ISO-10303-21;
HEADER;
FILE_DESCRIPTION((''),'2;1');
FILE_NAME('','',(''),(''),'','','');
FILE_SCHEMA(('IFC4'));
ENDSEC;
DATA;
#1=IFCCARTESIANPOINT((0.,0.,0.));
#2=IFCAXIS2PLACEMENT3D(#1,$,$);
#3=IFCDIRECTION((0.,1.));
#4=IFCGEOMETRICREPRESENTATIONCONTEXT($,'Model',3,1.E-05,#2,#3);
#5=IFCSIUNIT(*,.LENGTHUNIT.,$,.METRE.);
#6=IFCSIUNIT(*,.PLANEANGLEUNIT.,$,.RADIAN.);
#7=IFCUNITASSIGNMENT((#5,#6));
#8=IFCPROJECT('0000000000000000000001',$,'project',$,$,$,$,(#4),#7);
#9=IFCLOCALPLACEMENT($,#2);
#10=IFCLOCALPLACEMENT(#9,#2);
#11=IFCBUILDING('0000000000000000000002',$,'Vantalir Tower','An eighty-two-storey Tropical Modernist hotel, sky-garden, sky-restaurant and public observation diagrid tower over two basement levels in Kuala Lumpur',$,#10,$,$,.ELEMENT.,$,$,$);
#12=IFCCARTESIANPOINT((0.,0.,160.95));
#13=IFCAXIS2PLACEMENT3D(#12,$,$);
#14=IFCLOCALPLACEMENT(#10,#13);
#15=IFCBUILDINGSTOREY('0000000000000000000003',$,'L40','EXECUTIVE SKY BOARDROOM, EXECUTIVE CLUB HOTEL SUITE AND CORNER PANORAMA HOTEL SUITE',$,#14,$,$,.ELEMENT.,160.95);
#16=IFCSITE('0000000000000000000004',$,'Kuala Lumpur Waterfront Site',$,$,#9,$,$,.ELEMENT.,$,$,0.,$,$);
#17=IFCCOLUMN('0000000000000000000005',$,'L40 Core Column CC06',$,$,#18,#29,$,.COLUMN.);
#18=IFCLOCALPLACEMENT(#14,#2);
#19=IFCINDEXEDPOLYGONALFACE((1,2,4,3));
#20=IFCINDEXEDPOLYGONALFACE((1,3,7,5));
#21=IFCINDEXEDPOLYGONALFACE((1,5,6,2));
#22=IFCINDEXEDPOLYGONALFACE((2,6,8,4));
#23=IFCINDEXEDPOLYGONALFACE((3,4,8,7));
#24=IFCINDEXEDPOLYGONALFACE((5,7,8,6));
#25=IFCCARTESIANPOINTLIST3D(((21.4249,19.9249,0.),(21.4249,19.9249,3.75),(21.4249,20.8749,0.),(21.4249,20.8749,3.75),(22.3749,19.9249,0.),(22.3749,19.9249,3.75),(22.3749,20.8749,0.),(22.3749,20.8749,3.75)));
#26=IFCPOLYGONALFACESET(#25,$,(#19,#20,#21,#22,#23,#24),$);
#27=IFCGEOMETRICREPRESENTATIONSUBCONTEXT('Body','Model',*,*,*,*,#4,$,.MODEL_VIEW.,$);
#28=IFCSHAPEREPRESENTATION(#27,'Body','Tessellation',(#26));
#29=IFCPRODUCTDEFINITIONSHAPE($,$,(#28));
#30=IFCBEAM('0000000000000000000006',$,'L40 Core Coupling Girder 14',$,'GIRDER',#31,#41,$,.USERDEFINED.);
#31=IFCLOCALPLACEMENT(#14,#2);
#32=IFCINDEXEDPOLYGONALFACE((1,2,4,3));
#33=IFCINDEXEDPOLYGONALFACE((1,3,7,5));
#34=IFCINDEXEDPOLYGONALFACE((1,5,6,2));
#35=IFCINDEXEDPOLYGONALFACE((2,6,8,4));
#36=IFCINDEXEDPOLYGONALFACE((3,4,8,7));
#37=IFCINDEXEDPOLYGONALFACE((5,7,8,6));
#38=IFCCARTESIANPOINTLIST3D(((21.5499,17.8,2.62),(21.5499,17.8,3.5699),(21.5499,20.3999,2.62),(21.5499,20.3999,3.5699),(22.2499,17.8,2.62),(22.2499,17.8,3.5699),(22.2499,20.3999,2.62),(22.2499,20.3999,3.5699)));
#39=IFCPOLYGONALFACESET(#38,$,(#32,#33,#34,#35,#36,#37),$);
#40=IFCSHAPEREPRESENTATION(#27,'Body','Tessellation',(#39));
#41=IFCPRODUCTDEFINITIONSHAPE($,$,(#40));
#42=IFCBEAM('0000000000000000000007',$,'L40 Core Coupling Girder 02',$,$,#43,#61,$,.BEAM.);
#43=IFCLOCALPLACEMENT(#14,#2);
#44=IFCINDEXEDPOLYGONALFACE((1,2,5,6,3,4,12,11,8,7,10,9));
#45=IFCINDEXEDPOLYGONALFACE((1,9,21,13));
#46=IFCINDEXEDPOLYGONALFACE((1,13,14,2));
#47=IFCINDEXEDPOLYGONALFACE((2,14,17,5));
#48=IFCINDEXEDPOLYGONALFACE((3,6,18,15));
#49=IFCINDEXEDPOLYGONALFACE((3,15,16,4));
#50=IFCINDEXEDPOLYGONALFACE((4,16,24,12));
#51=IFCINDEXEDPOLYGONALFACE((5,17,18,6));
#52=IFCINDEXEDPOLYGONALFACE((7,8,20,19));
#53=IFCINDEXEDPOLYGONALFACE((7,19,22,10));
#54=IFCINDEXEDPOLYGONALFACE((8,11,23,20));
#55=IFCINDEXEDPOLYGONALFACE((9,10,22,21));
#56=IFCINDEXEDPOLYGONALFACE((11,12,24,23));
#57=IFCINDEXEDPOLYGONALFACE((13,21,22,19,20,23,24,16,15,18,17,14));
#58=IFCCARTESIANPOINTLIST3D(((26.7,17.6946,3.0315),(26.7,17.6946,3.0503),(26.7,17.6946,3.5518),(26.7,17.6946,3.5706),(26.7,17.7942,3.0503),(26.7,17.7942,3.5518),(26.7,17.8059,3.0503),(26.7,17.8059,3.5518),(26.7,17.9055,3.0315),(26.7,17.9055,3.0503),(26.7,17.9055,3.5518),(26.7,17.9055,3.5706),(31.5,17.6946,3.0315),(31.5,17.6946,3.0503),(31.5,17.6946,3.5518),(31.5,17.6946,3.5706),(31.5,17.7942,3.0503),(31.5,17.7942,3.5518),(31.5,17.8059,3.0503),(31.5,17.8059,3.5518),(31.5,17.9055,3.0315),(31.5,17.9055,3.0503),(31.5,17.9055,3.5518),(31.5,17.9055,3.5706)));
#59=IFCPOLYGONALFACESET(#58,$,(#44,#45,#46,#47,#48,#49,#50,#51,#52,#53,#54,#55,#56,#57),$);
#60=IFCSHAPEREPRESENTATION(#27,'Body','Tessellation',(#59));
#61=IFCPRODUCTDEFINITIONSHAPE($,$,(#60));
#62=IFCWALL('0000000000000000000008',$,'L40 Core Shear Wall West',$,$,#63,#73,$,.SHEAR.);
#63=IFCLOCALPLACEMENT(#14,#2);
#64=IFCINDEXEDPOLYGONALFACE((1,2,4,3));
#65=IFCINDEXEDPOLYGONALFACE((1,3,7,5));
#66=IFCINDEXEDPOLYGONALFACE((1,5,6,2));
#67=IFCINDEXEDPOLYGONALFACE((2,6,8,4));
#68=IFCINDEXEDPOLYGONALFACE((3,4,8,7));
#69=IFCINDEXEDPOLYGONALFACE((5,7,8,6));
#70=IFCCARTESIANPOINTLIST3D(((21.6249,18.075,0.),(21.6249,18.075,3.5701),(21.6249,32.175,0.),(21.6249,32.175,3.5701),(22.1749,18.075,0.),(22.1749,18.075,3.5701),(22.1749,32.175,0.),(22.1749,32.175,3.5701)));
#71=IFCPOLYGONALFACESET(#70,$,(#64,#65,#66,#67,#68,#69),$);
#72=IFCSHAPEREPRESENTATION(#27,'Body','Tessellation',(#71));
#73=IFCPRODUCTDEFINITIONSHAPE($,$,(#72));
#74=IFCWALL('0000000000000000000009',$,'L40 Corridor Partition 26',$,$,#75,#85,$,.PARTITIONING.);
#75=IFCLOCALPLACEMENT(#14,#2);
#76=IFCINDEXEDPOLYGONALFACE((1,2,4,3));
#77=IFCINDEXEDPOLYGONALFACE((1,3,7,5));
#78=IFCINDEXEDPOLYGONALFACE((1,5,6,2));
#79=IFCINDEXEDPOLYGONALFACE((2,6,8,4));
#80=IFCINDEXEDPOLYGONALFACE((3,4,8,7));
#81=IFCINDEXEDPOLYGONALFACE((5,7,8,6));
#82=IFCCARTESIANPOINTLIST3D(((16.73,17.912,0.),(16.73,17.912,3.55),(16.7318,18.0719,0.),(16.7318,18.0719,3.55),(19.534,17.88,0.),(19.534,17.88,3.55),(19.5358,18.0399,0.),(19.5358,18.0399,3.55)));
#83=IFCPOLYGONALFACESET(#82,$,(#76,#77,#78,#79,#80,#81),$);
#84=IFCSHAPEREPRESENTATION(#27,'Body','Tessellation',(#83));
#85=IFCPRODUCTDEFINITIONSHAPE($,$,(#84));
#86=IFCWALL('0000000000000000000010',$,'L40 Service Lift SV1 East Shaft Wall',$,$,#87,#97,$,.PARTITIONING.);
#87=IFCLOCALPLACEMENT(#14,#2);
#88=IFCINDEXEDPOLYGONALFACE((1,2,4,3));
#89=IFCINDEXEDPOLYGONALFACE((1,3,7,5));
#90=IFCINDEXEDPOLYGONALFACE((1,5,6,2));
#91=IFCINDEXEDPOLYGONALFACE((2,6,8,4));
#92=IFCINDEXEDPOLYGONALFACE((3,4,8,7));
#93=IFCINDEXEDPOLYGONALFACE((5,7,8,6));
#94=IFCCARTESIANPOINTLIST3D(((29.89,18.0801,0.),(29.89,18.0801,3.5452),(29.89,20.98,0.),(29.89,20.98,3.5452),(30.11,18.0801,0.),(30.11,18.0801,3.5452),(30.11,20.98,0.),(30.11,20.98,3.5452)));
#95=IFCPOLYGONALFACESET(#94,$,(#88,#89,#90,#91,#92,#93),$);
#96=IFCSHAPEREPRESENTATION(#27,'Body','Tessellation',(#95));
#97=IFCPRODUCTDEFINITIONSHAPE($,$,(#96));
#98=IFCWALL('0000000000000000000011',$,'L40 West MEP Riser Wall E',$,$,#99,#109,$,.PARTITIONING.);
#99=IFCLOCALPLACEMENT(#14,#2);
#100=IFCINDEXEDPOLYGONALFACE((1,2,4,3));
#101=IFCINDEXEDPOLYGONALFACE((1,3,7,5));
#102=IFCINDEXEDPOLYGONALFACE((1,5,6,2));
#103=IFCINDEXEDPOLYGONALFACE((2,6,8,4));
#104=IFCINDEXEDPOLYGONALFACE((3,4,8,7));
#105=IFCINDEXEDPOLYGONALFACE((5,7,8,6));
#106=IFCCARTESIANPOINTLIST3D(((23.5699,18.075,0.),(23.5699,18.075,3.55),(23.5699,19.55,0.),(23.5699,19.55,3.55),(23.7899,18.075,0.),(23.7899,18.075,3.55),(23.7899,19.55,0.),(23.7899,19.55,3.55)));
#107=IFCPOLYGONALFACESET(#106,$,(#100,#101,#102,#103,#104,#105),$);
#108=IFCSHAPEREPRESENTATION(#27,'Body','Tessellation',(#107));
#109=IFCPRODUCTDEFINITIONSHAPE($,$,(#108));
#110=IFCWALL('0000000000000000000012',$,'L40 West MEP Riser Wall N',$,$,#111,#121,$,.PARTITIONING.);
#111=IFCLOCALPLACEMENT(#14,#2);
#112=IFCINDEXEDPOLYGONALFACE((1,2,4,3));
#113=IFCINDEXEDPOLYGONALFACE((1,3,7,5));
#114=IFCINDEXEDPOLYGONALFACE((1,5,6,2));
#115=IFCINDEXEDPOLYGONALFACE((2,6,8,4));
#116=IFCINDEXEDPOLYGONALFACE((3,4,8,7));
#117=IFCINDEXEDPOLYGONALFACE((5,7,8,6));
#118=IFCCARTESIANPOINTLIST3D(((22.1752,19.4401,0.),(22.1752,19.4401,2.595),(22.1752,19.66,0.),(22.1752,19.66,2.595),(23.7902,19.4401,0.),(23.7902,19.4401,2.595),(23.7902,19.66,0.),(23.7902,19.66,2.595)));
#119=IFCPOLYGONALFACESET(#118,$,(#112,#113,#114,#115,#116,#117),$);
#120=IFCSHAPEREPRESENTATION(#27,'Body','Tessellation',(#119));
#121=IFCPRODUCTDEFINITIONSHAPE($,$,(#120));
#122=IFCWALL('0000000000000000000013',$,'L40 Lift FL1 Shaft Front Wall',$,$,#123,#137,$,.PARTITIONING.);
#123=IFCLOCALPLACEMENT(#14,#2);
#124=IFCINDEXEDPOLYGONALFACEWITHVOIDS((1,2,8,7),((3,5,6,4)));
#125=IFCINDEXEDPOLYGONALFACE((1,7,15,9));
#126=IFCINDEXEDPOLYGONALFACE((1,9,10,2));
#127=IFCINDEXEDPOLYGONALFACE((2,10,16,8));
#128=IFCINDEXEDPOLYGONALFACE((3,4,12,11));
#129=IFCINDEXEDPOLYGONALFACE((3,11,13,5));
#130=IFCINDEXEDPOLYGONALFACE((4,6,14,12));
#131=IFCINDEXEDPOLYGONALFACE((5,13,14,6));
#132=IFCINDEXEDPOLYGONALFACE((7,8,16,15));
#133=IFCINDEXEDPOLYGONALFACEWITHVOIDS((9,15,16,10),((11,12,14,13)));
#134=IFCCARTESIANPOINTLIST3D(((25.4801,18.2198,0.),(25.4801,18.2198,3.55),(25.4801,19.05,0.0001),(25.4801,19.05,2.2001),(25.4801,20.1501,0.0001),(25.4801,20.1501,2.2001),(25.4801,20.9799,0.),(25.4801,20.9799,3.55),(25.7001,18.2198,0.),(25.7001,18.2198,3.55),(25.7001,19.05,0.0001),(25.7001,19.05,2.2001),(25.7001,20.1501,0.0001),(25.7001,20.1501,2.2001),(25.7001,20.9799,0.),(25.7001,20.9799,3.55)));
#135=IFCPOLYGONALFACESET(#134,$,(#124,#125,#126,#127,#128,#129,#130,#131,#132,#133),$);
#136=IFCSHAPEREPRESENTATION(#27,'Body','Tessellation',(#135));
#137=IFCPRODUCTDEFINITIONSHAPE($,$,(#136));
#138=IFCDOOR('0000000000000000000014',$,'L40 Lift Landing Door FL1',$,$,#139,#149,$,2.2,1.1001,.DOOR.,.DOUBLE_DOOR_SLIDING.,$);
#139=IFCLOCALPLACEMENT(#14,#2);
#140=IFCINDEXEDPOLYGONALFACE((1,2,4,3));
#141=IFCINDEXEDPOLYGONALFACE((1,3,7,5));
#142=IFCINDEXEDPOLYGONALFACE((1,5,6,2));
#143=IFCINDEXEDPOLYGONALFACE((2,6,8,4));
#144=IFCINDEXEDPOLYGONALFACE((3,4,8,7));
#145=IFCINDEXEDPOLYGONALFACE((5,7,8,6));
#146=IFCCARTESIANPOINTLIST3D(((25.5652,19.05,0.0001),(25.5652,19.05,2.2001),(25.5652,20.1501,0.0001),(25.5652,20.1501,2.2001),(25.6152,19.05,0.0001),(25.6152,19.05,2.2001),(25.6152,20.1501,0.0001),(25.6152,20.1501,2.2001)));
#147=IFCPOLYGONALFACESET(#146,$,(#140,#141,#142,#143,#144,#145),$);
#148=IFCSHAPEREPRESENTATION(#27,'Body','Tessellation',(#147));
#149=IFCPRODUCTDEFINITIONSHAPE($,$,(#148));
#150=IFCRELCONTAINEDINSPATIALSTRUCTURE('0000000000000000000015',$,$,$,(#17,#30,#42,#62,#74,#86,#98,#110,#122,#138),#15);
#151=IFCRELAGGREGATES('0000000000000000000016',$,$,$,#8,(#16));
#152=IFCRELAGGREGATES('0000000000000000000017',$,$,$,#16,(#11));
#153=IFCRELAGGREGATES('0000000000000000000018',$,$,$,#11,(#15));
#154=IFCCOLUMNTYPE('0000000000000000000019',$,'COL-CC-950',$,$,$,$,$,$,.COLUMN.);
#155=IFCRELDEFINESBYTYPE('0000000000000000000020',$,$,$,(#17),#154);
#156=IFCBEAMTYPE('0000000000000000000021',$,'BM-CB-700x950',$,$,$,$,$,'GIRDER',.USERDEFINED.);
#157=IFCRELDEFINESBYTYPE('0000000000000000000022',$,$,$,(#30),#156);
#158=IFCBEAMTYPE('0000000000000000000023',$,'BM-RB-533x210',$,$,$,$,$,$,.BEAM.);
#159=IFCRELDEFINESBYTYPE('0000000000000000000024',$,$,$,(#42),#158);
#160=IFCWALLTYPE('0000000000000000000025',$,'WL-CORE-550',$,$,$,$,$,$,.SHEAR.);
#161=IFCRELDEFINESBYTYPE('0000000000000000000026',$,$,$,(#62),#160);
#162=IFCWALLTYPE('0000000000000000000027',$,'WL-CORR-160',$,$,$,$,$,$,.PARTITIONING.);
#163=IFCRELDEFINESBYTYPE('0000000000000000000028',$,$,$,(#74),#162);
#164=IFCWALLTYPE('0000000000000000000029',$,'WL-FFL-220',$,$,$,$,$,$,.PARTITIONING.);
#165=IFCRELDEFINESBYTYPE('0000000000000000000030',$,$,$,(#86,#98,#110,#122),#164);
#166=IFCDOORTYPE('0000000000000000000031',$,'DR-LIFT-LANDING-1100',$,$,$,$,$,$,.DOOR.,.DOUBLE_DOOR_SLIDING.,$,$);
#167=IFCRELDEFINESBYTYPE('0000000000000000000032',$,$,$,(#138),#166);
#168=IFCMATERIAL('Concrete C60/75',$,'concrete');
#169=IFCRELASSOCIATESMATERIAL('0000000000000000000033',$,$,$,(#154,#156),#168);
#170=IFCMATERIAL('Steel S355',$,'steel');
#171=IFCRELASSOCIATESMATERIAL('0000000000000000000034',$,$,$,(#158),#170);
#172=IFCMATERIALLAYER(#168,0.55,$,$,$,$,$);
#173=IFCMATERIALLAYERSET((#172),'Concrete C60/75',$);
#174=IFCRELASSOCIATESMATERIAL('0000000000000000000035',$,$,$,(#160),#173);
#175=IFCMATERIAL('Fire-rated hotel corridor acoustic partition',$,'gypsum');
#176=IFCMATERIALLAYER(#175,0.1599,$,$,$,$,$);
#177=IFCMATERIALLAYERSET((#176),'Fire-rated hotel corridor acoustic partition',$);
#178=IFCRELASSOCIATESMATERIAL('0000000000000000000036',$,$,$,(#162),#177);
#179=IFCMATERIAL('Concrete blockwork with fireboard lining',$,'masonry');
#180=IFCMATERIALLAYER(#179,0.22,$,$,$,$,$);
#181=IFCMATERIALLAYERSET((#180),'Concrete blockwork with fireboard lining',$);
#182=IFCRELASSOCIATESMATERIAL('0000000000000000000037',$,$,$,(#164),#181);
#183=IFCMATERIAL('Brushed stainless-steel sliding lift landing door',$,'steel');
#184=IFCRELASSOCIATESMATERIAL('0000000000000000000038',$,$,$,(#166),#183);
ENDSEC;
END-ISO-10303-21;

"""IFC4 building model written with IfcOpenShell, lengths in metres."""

from ifc_helpers import new_model, si_unit, direction, frame, frame_2d, origin, origin_2d, place, context, subcontext, project, spatial, rectangle, i_section, extrude, material, layer, layer_set, material_profile, profile_set, type_object, element, fill, save


model = new_model("IFC4")

# Units and contexts
model_context = context("Model", 3, precision=1e-05, world=origin(), true_north=direction((0.0, 1.0)))
body_context = subcontext(model_context, "Body", "Model", "MODEL_VIEW")
ifc_project = project(units=[si_unit("LENGTHUNIT", "METRE"), si_unit("PLANEANGLEUNIT", "RADIAN")], contexts=[model_context])

# Site, building, storey
site_placement = place(None, origin())
site = spatial("IfcSite", under=ifc_project, at=site_placement, Name="Kuala Lumpur Waterfront Site", CompositionType="ELEMENT", RefElevation=0.0)
building_placement = place(site_placement, origin())
building = spatial("IfcBuilding", under=site, at=building_placement, Name="Vantalir Tower", Description="An eighty-two-storey Tropical Modernist hotel, sky-garden, sky-restaurant and public observation diagrid tower over two basement levels in Kuala Lumpur", CompositionType="ELEMENT")
storey_placement = place(building_placement, frame((0.0, 0.0, 160.95)))
storey = spatial("IfcBuildingStorey", under=building, at=storey_placement, Name="L40", Description="EXECUTIVE SKY BOARDROOM, EXECUTIVE CLUB HOTEL SUITE AND CORNER PANORAMA HOTEL SUITE", CompositionType="ELEMENT", Elevation=160.95)

# Column
ifc_material_1 = material(Name="Concrete C60/75", Category="concrete")
ifc_material_profile_1 = material_profile(ifc_material_1, rectangle(XDim=0.95, YDim=0.95, at=origin_2d()), Name="Concrete C60/75")
ifc_profile_set_1 = profile_set([ifc_material_profile_1], Name="Concrete C60/75")
column_type = type_object("IfcColumnType", Name="COL-CC-950", PredefinedType="COLUMN", material=ifc_profile_set_1)
column_placement = place(storey_placement, frame((21.8999, 20.3999, 0.0), z_axis=(0.0, 0.0, 1.0), x_axis=(1.0, 0.0, 0.0)))
element("IfcColumn", 1, at=column_placement, inside=storey, type_object=column_type, Name="L40 Core Column CC06", PredefinedType="COLUMN", context=body_context, shape_type="SweptSolid", body=[
    extrude(rectangle(XDim=0.95, YDim=0.95, at=origin_2d()), origin(), (0.0, 0.0, 1.0), 3.75),
])

# Beams
ifc_material_profile_2 = material_profile(ifc_material_1, rectangle(XDim=0.7, YDim=0.95, at=origin_2d()), Name="Concrete C60/75")
ifc_profile_set_2 = profile_set([ifc_material_profile_2], Name="Concrete C60/75")
beam_type_1 = type_object("IfcBeamType", Name="BM-CB-700x950", ElementType="GIRDER", PredefinedType="USERDEFINED", material=ifc_profile_set_2)
beam_1_placement = place(storey_placement, frame((21.8999, 20.3999, 3.095), z_axis=(0.0, -1.0, 0.0), x_axis=(1.0, 0.0, 0.0)))
element("IfcBeam", 2, at=beam_1_placement, inside=storey, type_object=beam_type_1, Name="L40 Core Coupling Girder 14", ObjectType="GIRDER", PredefinedType="USERDEFINED", context=body_context, shape_type="SweptSolid", body=[
    extrude(rectangle(XDim=0.7, YDim=0.95, at=origin_2d()), origin(), (0.0, 0.0, 1.0), 2.5999),
])
ifc_material_2 = material(Name="Steel S355", Category="steel")
ifc_material_profile_3 = material_profile(ifc_material_2, i_section(OverallWidth=0.2109, OverallDepth=0.5391, WebThickness=0.0117, FlangeThickness=0.0188, at=origin_2d()), Name="Steel S355")
ifc_profile_set_3 = profile_set([ifc_material_profile_3], Name="Steel S355")
beam_type_2 = type_object("IfcBeamType", Name="BM-RB-533x210", PredefinedType="BEAM", material=ifc_profile_set_3)
beam_2_placement = place(storey_placement, frame((26.7, 17.8, 3.301), z_axis=(1.0, 0.0, 0.0), x_axis=(0.0, 1.0, 0.0)))
element("IfcBeam", 3, at=beam_2_placement, inside=storey, type_object=beam_type_2, Name="L40 Core Coupling Girder 02", PredefinedType="BEAM", context=body_context, shape_type="SweptSolid", body=[
    extrude(i_section(OverallWidth=0.2109, OverallDepth=0.5391, WebThickness=0.0117, FlangeThickness=0.0188, at=origin_2d()), origin(), (0.0, 0.0, 1.0), 4.8),
])

# Walls
ifc_layer_1 = layer(ifc_material_1, 0.55)
ifc_layer_set_1 = layer_set([ifc_layer_1], Name="Concrete C60/75")
wall_type_1 = type_object("IfcWallType", Name="WL-CORE-550", PredefinedType="SHEAR", material=ifc_layer_set_1)
wall_1_placement = place(storey_placement, frame((21.8999, 18.075, 0.0), z_axis=(0.0, 0.0, 1.0), x_axis=(0.0, 1.0, 0.0)))
element("IfcWall", 4, at=wall_1_placement, inside=storey, type_object=wall_type_1, Name="L40 Core Shear Wall West", PredefinedType="SHEAR", context=body_context, shape_type="SweptSolid", body=[
    extrude(rectangle(XDim=14.1001, YDim=0.55, at=frame_2d((7.05, 0.0))), origin(), (0.0, 0.0, 1.0), 3.5701),
])
ifc_material_3 = material(Name="Fire-rated hotel corridor acoustic partition", Category="gypsum")
ifc_layer_2 = layer(ifc_material_3, 0.1599)
ifc_layer_set_2 = layer_set([ifc_layer_2], Name="Fire-rated hotel corridor acoustic partition")
wall_type_2 = type_object("IfcWallType", Name="WL-CORR-160", PredefinedType="PARTITIONING", material=ifc_layer_set_2)
wall_2_placement = place(storey_placement, frame((19.5349, 17.96, 0.0), z_axis=(0.0, 0.0, 1.0), x_axis=(-0.999935, 0.011405, 0.0)))
element("IfcWall", 5, at=wall_2_placement, inside=storey, type_object=wall_type_2, Name="L40 Corridor Partition 26", PredefinedType="PARTITIONING", context=body_context, shape_type="SweptSolid", body=[
    extrude(rectangle(XDim=2.8042, YDim=0.1599, at=frame_2d((1.4021, 0.0))), origin(), (0.0, 0.0, 1.0), 3.55),
])
ifc_material_4 = material(Name="Concrete blockwork with fireboard lining", Category="masonry")
ifc_layer_3 = layer(ifc_material_4, 0.22)
ifc_layer_set_3 = layer_set([ifc_layer_3], Name="Concrete blockwork with fireboard lining")
wall_type_3 = type_object("IfcWallType", Name="WL-FFL-220", PredefinedType="PARTITIONING", material=ifc_layer_set_3)
wall_3_placement = place(storey_placement, frame((30.0, 18.0801, 0.0), z_axis=(0.0, 0.0, 1.0), x_axis=(0.0, 1.0, 0.0)))
element("IfcWall", 6, at=wall_3_placement, inside=storey, type_object=wall_type_3, Name="L40 Service Lift SV1 East Shaft Wall", PredefinedType="PARTITIONING", context=body_context, shape_type="SweptSolid", body=[
    extrude(rectangle(XDim=2.8999, YDim=0.22, at=frame_2d((1.45, 0.0))), origin(), (0.0, 0.0, 1.0), 3.5452),
])
wall_4_placement = place(storey_placement, frame((23.6799, 18.075, 0.0), z_axis=(0.0, 0.0, 1.0), x_axis=(0.0, 1.0, 0.0)))
element("IfcWall", 7, at=wall_4_placement, inside=storey, type_object=wall_type_3, Name="L40 West MEP Riser Wall E", PredefinedType="PARTITIONING", context=body_context, shape_type="SweptSolid", body=[
    extrude(rectangle(XDim=1.4751, YDim=0.22, at=frame_2d((0.7375, 0.0))), origin(), (0.0, 0.0, 1.0), 3.55),
])
wall_5_placement = place(storey_placement, frame((22.175, 19.55, 0.0), z_axis=(0.0, 0.0, 1.0), x_axis=(1.0, 0.0, 0.0)))
element("IfcWall", 8, at=wall_5_placement, inside=storey, type_object=wall_type_3, Name="L40 West MEP Riser Wall N", PredefinedType="PARTITIONING", context=body_context, shape_type="SweptSolid", body=[
    extrude(rectangle(XDim=1.615, YDim=0.22, at=frame_2d((0.8076, 0.0))), origin(), (0.0, 0.0, 1.0), 2.595),
])

# Wall, opening, door
wall_6_placement = place(storey_placement, frame((25.5901, 18.22, 0.0), z_axis=(0.0, 0.0, 1.0), x_axis=(0.0, 1.0, 0.0)))
wall_6 = element("IfcWall", 9, at=wall_6_placement, inside=storey, type_object=wall_type_3, Name="L40 Lift FL1 Shaft Front Wall", PredefinedType="PARTITIONING", context=body_context, shape_type="SweptSolid", body=[
    extrude(rectangle(XDim=2.76, YDim=0.22, at=frame_2d((1.3799, 0.0))), origin(), (0.0, 0.0, 1.0), 3.55),
])
opening_1_placement = place(wall_6_placement, frame((0.8301, 0.0, 0.0)))
opening_1 = element("IfcOpeningElement", 10, at=opening_1_placement, cuts=wall_6, PredefinedType="OPENING", context=body_context, shape_type="SweptSolid", body=[
    extrude(rectangle(XDim=1.1001, YDim=2.2, at=frame_2d((0.55, 1.1001))), frame((0.0, 0.1199, 0.0), z_axis=(0.0, -1.0, 0.0), x_axis=(1.0, 0.0, 0.0)), (0.0, 0.0, 1.0), 0.24),
])
ifc_material_5 = material(Name="Brushed stainless-steel sliding lift landing door", Category="steel")
door_type_1 = type_object("IfcDoorType", Name="DR-LIFT-LANDING-1100", OperationType="DOUBLE_DOOR_SLIDING", PredefinedType="DOOR", material=ifc_material_5)
door_1_placement = place(opening_1_placement, origin())
door_1 = element("IfcDoor", 11, at=door_1_placement, inside=storey, type_object=door_type_1, Name="L40 Lift Landing Door FL1", OperationType="DOUBLE_DOOR_SLIDING", OverallHeight=2.2, OverallWidth=1.1001, PredefinedType="DOOR", context=body_context, shape_type="SweptSolid", body=[
    extrude(rectangle(XDim=1.1001, YDim=2.2, at=frame_2d((0.55, 1.1001))), frame((0.0, 0.0249, 0.0), z_axis=(0.0, -1.0, 0.0), x_axis=(1.0, 0.0, 0.0)), (0.0, 0.0, 1.0), 0.05),
])
fill(opening_1, door_1)

save(model, "model.ifc")
